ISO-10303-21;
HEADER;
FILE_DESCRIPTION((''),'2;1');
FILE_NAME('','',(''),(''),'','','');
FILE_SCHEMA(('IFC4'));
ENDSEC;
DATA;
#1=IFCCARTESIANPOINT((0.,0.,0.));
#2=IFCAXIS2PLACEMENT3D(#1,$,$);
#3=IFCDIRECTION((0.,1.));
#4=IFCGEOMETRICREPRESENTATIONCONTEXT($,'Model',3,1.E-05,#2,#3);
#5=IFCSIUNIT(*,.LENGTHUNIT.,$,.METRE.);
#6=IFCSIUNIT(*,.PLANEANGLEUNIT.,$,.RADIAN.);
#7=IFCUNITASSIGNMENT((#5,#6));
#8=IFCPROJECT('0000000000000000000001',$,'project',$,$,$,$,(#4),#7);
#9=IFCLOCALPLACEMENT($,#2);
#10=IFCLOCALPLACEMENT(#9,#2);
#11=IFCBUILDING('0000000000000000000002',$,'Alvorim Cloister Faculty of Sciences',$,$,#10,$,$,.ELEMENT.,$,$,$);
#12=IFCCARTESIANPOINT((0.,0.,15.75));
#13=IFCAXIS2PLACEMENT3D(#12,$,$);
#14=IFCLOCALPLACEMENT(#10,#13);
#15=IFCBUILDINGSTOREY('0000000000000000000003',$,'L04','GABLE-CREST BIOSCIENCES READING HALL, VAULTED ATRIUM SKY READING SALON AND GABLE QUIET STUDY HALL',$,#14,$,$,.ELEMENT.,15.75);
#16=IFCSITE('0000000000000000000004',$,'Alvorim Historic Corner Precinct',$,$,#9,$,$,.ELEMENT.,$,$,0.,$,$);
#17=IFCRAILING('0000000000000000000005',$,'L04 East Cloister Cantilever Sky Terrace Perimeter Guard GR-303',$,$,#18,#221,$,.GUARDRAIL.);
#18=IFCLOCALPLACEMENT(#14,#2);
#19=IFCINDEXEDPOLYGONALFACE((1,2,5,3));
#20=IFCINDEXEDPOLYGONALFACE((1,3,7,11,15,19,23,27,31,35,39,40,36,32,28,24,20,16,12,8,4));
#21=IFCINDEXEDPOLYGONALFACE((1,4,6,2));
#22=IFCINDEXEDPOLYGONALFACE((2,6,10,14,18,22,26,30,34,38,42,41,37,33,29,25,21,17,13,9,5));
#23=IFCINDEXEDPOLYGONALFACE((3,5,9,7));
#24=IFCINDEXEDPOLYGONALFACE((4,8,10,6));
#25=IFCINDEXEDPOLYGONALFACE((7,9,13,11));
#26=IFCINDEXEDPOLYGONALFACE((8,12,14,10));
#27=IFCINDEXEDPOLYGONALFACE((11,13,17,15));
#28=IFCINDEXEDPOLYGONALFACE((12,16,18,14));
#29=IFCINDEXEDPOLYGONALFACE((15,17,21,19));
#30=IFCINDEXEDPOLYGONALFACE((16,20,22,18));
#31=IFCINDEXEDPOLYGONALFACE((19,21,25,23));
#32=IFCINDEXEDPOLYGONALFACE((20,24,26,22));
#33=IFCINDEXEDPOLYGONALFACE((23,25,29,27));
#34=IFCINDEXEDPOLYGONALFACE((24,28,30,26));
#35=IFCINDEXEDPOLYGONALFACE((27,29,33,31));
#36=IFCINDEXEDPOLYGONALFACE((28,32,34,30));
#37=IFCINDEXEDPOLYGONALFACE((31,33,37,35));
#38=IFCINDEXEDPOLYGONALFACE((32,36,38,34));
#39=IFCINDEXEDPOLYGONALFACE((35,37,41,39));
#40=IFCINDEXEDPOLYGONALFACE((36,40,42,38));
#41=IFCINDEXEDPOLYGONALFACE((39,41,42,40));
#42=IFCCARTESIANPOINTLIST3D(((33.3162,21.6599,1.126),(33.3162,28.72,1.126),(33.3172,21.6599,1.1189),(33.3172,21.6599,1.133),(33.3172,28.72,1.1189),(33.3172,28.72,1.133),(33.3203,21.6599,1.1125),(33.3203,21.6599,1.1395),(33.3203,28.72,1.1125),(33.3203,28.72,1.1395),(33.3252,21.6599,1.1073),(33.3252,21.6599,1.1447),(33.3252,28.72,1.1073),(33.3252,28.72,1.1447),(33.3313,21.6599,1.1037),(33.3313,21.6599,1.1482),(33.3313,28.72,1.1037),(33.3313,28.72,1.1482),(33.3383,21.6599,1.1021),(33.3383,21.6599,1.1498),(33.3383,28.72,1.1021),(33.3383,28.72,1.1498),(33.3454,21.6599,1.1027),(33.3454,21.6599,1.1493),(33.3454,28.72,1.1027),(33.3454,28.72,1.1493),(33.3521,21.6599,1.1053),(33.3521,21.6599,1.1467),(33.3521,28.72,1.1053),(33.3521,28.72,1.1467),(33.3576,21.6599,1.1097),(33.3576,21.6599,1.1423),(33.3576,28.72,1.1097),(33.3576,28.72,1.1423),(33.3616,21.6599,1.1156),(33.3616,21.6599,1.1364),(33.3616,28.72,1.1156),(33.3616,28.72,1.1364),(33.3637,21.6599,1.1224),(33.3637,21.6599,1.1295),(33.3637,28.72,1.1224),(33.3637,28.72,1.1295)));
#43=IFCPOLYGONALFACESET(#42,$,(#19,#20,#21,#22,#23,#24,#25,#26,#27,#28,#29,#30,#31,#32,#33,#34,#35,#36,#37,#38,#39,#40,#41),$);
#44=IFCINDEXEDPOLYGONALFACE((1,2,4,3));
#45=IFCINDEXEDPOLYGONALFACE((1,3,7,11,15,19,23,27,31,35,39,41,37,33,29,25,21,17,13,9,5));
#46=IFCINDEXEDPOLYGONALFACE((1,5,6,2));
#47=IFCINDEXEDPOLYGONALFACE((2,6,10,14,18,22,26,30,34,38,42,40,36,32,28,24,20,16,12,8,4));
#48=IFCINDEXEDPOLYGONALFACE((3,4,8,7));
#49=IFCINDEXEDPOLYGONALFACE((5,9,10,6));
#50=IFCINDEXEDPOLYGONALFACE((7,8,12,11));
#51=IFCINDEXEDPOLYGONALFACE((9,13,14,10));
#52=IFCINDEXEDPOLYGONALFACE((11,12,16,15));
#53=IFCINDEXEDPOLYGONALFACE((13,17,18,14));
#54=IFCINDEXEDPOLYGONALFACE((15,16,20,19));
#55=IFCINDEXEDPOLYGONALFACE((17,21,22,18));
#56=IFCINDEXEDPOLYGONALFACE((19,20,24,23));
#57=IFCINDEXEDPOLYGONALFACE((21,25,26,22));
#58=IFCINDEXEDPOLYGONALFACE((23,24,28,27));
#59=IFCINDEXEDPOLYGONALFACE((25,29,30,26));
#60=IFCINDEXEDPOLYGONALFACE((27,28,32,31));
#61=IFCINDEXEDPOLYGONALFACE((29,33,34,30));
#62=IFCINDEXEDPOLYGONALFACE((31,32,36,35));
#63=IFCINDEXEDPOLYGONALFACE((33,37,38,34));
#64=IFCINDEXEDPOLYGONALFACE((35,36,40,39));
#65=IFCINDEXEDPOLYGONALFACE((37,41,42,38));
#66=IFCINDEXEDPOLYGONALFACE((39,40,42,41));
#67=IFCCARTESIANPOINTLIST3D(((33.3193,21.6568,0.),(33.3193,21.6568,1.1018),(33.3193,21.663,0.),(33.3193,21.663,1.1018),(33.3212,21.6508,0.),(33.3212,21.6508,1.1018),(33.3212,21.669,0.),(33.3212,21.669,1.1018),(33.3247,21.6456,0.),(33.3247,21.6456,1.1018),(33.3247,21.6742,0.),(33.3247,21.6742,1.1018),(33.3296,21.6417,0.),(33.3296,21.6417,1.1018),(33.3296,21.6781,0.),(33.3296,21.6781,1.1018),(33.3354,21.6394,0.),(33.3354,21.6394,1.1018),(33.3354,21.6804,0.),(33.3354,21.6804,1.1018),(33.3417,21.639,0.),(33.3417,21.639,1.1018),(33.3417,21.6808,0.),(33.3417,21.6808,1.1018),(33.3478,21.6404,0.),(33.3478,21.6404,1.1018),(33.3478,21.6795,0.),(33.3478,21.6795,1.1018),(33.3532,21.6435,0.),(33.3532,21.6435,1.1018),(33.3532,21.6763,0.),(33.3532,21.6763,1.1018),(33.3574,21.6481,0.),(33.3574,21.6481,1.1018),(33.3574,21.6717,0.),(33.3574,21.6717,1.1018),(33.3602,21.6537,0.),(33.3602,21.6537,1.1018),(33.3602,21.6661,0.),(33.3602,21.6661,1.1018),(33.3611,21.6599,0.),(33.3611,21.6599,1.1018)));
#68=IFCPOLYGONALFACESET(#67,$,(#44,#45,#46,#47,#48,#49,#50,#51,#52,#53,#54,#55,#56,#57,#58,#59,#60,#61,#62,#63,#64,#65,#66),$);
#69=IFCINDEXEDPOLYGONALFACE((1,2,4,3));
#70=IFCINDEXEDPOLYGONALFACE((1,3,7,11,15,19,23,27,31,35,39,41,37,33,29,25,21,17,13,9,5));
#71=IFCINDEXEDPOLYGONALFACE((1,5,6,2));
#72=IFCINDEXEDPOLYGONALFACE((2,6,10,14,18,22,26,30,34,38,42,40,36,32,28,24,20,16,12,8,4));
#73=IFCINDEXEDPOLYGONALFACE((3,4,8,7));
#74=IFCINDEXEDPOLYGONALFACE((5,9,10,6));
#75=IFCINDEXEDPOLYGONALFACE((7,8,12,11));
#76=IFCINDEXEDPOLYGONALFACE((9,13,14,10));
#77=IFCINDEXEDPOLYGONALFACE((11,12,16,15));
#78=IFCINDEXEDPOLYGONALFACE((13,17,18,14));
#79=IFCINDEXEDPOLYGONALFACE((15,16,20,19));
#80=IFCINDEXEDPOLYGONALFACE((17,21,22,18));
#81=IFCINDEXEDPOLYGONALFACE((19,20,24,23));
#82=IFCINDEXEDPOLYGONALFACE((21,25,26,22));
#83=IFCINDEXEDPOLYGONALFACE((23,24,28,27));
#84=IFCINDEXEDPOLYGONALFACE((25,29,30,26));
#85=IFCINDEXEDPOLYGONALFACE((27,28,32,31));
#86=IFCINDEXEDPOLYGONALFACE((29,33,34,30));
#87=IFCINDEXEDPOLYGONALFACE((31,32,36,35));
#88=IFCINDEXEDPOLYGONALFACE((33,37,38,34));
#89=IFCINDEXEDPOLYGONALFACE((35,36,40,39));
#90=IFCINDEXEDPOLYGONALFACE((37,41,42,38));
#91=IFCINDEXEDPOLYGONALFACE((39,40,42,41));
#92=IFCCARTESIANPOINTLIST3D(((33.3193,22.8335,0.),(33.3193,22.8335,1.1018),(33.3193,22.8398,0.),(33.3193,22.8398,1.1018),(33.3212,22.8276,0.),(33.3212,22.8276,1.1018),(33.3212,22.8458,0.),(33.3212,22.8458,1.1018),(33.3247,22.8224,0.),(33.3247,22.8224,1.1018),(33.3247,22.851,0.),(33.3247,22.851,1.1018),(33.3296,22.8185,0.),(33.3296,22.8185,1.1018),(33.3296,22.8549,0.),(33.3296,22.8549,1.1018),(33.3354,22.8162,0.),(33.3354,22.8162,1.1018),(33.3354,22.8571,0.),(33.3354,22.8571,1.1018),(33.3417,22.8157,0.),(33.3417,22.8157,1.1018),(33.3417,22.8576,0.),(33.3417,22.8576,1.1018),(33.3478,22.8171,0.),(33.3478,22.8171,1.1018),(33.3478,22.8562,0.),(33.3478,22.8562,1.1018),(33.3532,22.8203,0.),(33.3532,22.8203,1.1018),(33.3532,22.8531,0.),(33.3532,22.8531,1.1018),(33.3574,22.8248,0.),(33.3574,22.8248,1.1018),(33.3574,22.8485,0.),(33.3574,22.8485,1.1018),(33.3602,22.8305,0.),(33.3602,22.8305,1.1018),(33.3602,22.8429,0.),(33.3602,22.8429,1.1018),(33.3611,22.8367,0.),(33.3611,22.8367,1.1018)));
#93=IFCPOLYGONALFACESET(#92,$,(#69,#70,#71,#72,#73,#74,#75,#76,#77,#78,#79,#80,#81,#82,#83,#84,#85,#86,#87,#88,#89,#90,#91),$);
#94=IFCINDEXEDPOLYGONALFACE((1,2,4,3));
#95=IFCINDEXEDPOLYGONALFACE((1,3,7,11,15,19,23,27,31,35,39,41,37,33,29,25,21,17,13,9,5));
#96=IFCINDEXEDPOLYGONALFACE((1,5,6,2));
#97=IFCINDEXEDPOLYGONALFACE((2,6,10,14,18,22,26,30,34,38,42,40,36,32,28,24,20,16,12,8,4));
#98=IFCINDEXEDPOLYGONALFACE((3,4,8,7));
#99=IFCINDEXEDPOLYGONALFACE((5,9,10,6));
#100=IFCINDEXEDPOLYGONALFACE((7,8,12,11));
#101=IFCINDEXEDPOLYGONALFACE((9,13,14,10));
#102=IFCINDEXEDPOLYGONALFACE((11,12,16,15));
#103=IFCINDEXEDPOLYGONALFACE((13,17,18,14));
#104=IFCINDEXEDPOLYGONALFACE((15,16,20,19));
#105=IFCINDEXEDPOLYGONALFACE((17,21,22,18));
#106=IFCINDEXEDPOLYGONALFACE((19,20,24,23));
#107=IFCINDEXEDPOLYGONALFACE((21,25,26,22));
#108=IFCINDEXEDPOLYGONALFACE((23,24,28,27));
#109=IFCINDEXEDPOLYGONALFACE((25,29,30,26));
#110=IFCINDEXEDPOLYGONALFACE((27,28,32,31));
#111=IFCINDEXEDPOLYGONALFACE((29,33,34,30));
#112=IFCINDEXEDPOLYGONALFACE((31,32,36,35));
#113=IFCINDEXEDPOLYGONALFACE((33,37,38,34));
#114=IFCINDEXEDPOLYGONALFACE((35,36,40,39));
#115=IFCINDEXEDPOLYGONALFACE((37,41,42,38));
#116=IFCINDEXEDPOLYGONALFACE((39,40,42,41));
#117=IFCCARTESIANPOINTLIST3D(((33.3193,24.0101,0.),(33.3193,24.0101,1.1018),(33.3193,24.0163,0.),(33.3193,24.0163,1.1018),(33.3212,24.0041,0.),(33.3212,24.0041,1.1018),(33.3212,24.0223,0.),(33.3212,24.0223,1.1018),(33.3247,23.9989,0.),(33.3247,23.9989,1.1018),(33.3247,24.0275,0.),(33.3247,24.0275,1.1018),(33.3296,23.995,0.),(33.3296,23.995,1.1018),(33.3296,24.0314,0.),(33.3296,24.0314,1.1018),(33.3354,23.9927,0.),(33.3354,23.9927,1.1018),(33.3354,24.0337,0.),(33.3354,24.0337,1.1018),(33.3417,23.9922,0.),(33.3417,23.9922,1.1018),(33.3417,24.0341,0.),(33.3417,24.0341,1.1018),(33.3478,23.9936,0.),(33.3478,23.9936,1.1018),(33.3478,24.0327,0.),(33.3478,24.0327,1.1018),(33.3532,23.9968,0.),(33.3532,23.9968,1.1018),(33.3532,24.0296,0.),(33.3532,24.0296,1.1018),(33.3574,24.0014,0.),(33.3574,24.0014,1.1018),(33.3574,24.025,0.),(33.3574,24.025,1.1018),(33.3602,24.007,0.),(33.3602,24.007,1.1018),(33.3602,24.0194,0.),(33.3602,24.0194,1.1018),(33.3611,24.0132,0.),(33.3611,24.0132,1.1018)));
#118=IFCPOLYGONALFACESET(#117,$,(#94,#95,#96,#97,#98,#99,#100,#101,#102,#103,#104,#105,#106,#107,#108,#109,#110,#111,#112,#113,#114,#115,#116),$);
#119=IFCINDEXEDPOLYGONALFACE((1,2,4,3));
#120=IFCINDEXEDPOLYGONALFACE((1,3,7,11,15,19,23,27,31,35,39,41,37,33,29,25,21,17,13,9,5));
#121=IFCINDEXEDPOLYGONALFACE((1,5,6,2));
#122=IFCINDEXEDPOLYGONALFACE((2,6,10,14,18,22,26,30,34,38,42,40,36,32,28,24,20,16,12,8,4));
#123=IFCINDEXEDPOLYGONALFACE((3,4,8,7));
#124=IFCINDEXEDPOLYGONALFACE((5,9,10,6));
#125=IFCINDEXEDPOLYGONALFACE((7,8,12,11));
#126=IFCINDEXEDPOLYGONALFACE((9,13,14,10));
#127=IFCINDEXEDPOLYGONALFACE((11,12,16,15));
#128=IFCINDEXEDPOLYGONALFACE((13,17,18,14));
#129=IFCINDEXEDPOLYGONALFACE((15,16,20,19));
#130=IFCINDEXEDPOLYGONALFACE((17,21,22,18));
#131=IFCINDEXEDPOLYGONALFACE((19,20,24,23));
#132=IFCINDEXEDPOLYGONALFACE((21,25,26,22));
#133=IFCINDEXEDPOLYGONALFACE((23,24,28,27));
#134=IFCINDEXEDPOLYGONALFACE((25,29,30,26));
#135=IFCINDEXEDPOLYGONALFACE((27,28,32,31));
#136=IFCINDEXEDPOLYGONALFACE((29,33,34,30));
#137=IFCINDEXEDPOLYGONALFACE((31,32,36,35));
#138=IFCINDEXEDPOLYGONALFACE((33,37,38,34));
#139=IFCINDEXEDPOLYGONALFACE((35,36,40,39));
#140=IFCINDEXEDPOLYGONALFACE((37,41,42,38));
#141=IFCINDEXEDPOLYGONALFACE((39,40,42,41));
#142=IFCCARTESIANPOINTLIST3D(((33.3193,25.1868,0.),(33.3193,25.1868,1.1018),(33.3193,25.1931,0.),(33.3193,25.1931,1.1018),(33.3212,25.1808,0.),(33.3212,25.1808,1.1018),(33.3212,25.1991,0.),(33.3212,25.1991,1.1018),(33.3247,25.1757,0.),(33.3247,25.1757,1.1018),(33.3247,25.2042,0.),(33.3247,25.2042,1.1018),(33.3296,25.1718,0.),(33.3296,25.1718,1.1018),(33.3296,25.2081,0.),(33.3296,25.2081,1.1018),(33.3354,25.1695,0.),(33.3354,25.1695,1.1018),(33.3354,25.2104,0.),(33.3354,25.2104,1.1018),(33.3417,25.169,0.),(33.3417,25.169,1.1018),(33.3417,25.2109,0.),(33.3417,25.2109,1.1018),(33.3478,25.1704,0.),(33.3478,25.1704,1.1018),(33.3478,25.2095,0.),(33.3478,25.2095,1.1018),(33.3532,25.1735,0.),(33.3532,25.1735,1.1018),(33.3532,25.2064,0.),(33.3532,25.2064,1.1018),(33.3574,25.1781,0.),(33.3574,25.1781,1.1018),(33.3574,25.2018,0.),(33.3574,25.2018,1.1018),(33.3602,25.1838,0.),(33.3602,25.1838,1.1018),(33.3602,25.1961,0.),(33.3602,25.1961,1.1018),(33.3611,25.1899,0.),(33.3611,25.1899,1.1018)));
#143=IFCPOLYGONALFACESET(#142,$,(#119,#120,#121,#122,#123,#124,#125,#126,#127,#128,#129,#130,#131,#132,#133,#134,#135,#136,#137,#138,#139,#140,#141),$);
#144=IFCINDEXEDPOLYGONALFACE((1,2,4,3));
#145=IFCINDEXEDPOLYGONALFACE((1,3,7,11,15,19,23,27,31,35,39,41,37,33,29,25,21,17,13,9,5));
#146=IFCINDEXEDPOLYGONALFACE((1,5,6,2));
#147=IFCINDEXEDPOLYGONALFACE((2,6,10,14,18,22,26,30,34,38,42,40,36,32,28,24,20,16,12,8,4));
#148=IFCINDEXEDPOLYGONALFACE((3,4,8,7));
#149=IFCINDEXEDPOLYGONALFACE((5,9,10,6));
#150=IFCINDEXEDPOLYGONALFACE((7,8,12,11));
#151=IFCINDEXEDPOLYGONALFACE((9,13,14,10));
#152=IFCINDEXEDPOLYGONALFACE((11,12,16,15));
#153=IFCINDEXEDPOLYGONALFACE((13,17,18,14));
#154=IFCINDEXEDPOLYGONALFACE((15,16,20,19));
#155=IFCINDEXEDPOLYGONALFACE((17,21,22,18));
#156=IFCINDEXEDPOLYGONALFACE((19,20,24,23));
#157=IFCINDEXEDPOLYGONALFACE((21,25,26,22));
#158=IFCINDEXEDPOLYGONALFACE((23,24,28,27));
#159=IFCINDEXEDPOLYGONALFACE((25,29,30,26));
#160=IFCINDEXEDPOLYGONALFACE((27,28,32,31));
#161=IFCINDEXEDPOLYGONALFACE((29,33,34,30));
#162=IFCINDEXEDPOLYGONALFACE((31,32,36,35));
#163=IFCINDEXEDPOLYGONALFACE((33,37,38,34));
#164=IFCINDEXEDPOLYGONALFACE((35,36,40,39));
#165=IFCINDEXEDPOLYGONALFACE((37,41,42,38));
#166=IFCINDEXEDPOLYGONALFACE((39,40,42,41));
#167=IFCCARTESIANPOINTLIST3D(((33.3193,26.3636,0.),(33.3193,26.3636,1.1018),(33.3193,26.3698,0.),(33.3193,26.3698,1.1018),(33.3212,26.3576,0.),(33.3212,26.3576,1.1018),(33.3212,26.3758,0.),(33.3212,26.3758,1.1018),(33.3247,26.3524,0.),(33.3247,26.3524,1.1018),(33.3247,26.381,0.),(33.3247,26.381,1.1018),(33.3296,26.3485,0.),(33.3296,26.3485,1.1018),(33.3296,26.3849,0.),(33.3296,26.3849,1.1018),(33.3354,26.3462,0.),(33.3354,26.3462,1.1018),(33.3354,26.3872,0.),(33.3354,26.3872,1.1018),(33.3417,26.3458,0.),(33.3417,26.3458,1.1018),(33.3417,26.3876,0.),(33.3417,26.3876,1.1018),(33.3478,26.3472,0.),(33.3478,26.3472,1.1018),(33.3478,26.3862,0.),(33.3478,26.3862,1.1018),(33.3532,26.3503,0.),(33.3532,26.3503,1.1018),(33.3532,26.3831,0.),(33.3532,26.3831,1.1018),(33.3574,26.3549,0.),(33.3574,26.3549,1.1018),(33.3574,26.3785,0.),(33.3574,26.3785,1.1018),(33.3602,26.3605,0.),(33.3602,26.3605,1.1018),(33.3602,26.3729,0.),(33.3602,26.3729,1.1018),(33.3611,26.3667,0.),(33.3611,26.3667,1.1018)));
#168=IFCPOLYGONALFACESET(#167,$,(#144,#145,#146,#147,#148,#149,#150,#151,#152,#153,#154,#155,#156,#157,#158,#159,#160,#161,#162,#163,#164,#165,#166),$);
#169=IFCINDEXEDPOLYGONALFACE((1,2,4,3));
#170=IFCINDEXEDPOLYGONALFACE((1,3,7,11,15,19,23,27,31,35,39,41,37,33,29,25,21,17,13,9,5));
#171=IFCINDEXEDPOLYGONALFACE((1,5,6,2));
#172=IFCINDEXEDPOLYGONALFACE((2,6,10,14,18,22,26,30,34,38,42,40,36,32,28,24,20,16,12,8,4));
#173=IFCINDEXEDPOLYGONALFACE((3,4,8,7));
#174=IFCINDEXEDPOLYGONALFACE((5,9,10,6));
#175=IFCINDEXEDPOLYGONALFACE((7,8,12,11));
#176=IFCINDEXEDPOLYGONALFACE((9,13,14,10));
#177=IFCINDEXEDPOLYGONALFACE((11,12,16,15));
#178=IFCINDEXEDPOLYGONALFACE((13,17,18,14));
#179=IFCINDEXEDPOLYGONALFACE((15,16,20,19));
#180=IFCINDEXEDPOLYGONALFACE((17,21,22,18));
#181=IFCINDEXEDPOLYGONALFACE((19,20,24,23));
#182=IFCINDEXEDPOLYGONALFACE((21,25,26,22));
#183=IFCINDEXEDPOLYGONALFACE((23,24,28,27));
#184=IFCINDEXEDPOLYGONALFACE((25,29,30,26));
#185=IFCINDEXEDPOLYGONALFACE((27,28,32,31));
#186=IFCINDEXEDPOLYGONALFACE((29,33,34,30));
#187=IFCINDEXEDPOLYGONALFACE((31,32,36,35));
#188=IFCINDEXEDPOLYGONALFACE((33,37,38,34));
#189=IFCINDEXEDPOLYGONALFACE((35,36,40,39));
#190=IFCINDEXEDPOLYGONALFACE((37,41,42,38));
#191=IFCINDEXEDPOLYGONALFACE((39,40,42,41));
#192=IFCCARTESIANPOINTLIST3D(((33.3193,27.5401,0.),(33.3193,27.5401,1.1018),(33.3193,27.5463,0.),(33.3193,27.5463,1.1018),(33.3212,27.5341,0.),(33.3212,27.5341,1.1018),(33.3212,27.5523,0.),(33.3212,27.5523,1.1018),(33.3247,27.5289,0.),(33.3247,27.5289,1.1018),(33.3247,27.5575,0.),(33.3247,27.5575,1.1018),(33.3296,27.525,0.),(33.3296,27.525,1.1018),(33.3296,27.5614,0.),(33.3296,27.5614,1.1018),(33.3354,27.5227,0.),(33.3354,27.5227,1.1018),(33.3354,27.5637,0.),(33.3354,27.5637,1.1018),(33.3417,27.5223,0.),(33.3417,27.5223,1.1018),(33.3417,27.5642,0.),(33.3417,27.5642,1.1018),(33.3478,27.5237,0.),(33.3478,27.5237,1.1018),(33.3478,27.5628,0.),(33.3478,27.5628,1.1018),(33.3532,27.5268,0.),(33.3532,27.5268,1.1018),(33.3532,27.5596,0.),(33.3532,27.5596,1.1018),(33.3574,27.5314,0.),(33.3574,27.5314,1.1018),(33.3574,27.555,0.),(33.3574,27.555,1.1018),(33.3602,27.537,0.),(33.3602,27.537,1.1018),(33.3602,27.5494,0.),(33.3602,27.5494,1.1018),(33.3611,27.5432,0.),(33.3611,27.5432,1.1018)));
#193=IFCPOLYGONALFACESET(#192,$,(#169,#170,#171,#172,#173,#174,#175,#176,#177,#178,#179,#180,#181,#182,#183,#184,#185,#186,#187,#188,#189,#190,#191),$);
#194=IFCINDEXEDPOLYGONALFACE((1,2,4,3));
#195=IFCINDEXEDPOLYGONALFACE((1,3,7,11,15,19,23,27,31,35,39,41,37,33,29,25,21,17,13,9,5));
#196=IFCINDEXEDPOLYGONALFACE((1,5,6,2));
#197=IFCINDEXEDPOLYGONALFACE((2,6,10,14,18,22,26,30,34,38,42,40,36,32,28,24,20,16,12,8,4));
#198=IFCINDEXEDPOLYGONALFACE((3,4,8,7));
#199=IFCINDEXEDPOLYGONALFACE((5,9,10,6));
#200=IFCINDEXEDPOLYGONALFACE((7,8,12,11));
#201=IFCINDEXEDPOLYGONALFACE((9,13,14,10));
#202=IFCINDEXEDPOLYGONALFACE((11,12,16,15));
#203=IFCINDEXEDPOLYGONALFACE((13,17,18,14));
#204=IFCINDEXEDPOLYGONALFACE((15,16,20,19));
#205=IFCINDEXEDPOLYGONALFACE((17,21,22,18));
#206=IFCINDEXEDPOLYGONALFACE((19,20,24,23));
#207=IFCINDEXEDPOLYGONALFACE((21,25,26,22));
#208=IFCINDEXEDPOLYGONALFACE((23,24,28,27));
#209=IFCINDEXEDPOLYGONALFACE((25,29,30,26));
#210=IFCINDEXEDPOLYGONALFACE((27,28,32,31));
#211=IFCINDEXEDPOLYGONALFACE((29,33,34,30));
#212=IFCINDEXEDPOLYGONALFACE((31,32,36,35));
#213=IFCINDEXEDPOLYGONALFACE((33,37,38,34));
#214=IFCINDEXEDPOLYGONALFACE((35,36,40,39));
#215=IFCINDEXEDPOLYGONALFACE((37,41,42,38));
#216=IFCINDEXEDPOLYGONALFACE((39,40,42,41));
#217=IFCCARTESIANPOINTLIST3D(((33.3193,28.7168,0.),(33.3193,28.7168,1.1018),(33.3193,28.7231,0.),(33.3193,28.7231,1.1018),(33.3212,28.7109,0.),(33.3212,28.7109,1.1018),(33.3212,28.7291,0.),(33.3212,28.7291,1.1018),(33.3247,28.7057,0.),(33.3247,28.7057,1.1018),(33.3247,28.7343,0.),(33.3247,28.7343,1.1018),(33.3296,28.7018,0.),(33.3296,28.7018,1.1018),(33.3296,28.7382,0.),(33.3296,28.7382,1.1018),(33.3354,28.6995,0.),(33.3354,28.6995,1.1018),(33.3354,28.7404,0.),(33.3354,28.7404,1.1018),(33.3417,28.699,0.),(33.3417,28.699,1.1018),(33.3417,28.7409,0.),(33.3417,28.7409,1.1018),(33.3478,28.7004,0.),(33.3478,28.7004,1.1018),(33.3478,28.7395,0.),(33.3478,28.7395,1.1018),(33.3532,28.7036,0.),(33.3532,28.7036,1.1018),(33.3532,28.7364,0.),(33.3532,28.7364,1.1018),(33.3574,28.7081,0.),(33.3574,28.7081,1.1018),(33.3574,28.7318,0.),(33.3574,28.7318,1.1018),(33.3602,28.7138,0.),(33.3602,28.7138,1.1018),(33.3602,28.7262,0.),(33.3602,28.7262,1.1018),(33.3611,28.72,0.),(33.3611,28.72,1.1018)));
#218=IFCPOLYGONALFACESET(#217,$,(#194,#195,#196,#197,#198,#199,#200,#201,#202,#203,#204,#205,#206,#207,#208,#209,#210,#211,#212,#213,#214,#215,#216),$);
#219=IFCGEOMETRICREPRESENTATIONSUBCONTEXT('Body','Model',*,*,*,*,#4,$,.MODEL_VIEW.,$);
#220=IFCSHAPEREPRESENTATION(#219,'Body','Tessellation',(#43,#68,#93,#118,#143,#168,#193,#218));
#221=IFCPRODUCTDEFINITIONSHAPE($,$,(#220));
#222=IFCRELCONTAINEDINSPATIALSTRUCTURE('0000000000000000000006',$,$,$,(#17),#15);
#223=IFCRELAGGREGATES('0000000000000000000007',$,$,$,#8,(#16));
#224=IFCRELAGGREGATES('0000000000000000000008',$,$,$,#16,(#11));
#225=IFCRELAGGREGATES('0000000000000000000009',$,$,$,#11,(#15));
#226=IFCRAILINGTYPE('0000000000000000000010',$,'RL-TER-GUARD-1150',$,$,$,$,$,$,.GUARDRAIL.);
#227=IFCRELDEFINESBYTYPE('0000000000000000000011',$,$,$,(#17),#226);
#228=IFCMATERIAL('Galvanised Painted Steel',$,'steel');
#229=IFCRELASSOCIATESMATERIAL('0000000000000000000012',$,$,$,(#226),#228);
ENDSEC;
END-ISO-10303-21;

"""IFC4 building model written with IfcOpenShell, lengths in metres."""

from ifc_helpers import new_model, si_unit, direction, frame, origin, origin_2d, place, context, subcontext, project, spatial, circle, extrude, material, type_object, element, save


model = new_model("IFC4")

# Units and contexts
model_context = context("Model", 3, precision=1e-05, world=origin(), true_north=direction((0.0, 1.0)))
body_context = subcontext(model_context, "Body", "Model", "MODEL_VIEW")
ifc_project = project(units=[si_unit("LENGTHUNIT", "METRE"), si_unit("PLANEANGLEUNIT", "RADIAN")], contexts=[model_context])

# Site, building, storey
site_placement = place(None, origin())
site = spatial("IfcSite", under=ifc_project, at=site_placement, Name="Alvorim Historic Corner Precinct", CompositionType="ELEMENT", RefElevation=0.0)
building_placement = place(site_placement, origin())
building = spatial("IfcBuilding", under=site, at=building_placement, Name="Alvorim Cloister Faculty of Sciences", CompositionType="ELEMENT")
storey_placement = place(building_placement, frame((0.0, 0.0, 15.75)))
storey = spatial("IfcBuildingStorey", under=building, at=storey_placement, Name="L04", Description="GABLE-CREST BIOSCIENCES READING HALL, VAULTED ATRIUM SKY READING SALON AND GABLE QUIET STUDY HALL", CompositionType="ELEMENT", Elevation=15.75)

# Railing
ifc_material_1 = material(Name="Galvanised Painted Steel", Category="steel")
railing_type = type_object("IfcRailingType", Name="RL-TER-GUARD-1150", PredefinedType="GUARDRAIL", material=ifc_material_1)
railing_1_placement = place(storey_placement, frame((33.3401, 21.6599, 0.0)))
element("IfcRailing", 1, at=railing_1_placement, inside=storey, type_object=railing_type, Name="L04 East Cloister Cantilever Sky Terrace Perimeter Guard GR-303", PredefinedType="GUARDRAIL", context=body_context, shape_type="SweptSolid", body=[
    extrude(circle(Radius=0.0239, at=origin_2d()), frame((0.0, 0.0, 1.126), z_axis=(0.0, 1.0, 0.0), x_axis=(-1.0, 0.0, 0.0)), (0.0, 0.0, 1.0), 7.0601),
    extrude(circle(Radius=0.021, at=origin_2d()), origin(), (0.0, 0.0, 1.0), 1.1018),
    extrude(circle(Radius=0.021, at=origin_2d()), frame((0.0, 1.1768, 0.0)), (0.0, 0.0, 1.0), 1.1018),
    extrude(circle(Radius=0.021, at=origin_2d()), frame((0.0, 2.3533, 0.0)), (0.0, 0.0, 1.0), 1.1018),
    extrude(circle(Radius=0.021, at=origin_2d()), frame((0.0, 3.53, 0.0)), (0.0, 0.0, 1.0), 1.1018),
    extrude(circle(Radius=0.021, at=origin_2d()), frame((0.0, 4.7068, 0.0)), (0.0, 0.0, 1.0), 1.1018),
    extrude(circle(Radius=0.021, at=origin_2d()), frame((0.0, 5.8833, 0.0)), (0.0, 0.0, 1.0), 1.1018),
    extrude(circle(Radius=0.021, at=origin_2d()), frame((0.0, 7.0601, 0.0)), (0.0, 0.0, 1.0), 1.1018),
])

save(model, "model.ifc")
